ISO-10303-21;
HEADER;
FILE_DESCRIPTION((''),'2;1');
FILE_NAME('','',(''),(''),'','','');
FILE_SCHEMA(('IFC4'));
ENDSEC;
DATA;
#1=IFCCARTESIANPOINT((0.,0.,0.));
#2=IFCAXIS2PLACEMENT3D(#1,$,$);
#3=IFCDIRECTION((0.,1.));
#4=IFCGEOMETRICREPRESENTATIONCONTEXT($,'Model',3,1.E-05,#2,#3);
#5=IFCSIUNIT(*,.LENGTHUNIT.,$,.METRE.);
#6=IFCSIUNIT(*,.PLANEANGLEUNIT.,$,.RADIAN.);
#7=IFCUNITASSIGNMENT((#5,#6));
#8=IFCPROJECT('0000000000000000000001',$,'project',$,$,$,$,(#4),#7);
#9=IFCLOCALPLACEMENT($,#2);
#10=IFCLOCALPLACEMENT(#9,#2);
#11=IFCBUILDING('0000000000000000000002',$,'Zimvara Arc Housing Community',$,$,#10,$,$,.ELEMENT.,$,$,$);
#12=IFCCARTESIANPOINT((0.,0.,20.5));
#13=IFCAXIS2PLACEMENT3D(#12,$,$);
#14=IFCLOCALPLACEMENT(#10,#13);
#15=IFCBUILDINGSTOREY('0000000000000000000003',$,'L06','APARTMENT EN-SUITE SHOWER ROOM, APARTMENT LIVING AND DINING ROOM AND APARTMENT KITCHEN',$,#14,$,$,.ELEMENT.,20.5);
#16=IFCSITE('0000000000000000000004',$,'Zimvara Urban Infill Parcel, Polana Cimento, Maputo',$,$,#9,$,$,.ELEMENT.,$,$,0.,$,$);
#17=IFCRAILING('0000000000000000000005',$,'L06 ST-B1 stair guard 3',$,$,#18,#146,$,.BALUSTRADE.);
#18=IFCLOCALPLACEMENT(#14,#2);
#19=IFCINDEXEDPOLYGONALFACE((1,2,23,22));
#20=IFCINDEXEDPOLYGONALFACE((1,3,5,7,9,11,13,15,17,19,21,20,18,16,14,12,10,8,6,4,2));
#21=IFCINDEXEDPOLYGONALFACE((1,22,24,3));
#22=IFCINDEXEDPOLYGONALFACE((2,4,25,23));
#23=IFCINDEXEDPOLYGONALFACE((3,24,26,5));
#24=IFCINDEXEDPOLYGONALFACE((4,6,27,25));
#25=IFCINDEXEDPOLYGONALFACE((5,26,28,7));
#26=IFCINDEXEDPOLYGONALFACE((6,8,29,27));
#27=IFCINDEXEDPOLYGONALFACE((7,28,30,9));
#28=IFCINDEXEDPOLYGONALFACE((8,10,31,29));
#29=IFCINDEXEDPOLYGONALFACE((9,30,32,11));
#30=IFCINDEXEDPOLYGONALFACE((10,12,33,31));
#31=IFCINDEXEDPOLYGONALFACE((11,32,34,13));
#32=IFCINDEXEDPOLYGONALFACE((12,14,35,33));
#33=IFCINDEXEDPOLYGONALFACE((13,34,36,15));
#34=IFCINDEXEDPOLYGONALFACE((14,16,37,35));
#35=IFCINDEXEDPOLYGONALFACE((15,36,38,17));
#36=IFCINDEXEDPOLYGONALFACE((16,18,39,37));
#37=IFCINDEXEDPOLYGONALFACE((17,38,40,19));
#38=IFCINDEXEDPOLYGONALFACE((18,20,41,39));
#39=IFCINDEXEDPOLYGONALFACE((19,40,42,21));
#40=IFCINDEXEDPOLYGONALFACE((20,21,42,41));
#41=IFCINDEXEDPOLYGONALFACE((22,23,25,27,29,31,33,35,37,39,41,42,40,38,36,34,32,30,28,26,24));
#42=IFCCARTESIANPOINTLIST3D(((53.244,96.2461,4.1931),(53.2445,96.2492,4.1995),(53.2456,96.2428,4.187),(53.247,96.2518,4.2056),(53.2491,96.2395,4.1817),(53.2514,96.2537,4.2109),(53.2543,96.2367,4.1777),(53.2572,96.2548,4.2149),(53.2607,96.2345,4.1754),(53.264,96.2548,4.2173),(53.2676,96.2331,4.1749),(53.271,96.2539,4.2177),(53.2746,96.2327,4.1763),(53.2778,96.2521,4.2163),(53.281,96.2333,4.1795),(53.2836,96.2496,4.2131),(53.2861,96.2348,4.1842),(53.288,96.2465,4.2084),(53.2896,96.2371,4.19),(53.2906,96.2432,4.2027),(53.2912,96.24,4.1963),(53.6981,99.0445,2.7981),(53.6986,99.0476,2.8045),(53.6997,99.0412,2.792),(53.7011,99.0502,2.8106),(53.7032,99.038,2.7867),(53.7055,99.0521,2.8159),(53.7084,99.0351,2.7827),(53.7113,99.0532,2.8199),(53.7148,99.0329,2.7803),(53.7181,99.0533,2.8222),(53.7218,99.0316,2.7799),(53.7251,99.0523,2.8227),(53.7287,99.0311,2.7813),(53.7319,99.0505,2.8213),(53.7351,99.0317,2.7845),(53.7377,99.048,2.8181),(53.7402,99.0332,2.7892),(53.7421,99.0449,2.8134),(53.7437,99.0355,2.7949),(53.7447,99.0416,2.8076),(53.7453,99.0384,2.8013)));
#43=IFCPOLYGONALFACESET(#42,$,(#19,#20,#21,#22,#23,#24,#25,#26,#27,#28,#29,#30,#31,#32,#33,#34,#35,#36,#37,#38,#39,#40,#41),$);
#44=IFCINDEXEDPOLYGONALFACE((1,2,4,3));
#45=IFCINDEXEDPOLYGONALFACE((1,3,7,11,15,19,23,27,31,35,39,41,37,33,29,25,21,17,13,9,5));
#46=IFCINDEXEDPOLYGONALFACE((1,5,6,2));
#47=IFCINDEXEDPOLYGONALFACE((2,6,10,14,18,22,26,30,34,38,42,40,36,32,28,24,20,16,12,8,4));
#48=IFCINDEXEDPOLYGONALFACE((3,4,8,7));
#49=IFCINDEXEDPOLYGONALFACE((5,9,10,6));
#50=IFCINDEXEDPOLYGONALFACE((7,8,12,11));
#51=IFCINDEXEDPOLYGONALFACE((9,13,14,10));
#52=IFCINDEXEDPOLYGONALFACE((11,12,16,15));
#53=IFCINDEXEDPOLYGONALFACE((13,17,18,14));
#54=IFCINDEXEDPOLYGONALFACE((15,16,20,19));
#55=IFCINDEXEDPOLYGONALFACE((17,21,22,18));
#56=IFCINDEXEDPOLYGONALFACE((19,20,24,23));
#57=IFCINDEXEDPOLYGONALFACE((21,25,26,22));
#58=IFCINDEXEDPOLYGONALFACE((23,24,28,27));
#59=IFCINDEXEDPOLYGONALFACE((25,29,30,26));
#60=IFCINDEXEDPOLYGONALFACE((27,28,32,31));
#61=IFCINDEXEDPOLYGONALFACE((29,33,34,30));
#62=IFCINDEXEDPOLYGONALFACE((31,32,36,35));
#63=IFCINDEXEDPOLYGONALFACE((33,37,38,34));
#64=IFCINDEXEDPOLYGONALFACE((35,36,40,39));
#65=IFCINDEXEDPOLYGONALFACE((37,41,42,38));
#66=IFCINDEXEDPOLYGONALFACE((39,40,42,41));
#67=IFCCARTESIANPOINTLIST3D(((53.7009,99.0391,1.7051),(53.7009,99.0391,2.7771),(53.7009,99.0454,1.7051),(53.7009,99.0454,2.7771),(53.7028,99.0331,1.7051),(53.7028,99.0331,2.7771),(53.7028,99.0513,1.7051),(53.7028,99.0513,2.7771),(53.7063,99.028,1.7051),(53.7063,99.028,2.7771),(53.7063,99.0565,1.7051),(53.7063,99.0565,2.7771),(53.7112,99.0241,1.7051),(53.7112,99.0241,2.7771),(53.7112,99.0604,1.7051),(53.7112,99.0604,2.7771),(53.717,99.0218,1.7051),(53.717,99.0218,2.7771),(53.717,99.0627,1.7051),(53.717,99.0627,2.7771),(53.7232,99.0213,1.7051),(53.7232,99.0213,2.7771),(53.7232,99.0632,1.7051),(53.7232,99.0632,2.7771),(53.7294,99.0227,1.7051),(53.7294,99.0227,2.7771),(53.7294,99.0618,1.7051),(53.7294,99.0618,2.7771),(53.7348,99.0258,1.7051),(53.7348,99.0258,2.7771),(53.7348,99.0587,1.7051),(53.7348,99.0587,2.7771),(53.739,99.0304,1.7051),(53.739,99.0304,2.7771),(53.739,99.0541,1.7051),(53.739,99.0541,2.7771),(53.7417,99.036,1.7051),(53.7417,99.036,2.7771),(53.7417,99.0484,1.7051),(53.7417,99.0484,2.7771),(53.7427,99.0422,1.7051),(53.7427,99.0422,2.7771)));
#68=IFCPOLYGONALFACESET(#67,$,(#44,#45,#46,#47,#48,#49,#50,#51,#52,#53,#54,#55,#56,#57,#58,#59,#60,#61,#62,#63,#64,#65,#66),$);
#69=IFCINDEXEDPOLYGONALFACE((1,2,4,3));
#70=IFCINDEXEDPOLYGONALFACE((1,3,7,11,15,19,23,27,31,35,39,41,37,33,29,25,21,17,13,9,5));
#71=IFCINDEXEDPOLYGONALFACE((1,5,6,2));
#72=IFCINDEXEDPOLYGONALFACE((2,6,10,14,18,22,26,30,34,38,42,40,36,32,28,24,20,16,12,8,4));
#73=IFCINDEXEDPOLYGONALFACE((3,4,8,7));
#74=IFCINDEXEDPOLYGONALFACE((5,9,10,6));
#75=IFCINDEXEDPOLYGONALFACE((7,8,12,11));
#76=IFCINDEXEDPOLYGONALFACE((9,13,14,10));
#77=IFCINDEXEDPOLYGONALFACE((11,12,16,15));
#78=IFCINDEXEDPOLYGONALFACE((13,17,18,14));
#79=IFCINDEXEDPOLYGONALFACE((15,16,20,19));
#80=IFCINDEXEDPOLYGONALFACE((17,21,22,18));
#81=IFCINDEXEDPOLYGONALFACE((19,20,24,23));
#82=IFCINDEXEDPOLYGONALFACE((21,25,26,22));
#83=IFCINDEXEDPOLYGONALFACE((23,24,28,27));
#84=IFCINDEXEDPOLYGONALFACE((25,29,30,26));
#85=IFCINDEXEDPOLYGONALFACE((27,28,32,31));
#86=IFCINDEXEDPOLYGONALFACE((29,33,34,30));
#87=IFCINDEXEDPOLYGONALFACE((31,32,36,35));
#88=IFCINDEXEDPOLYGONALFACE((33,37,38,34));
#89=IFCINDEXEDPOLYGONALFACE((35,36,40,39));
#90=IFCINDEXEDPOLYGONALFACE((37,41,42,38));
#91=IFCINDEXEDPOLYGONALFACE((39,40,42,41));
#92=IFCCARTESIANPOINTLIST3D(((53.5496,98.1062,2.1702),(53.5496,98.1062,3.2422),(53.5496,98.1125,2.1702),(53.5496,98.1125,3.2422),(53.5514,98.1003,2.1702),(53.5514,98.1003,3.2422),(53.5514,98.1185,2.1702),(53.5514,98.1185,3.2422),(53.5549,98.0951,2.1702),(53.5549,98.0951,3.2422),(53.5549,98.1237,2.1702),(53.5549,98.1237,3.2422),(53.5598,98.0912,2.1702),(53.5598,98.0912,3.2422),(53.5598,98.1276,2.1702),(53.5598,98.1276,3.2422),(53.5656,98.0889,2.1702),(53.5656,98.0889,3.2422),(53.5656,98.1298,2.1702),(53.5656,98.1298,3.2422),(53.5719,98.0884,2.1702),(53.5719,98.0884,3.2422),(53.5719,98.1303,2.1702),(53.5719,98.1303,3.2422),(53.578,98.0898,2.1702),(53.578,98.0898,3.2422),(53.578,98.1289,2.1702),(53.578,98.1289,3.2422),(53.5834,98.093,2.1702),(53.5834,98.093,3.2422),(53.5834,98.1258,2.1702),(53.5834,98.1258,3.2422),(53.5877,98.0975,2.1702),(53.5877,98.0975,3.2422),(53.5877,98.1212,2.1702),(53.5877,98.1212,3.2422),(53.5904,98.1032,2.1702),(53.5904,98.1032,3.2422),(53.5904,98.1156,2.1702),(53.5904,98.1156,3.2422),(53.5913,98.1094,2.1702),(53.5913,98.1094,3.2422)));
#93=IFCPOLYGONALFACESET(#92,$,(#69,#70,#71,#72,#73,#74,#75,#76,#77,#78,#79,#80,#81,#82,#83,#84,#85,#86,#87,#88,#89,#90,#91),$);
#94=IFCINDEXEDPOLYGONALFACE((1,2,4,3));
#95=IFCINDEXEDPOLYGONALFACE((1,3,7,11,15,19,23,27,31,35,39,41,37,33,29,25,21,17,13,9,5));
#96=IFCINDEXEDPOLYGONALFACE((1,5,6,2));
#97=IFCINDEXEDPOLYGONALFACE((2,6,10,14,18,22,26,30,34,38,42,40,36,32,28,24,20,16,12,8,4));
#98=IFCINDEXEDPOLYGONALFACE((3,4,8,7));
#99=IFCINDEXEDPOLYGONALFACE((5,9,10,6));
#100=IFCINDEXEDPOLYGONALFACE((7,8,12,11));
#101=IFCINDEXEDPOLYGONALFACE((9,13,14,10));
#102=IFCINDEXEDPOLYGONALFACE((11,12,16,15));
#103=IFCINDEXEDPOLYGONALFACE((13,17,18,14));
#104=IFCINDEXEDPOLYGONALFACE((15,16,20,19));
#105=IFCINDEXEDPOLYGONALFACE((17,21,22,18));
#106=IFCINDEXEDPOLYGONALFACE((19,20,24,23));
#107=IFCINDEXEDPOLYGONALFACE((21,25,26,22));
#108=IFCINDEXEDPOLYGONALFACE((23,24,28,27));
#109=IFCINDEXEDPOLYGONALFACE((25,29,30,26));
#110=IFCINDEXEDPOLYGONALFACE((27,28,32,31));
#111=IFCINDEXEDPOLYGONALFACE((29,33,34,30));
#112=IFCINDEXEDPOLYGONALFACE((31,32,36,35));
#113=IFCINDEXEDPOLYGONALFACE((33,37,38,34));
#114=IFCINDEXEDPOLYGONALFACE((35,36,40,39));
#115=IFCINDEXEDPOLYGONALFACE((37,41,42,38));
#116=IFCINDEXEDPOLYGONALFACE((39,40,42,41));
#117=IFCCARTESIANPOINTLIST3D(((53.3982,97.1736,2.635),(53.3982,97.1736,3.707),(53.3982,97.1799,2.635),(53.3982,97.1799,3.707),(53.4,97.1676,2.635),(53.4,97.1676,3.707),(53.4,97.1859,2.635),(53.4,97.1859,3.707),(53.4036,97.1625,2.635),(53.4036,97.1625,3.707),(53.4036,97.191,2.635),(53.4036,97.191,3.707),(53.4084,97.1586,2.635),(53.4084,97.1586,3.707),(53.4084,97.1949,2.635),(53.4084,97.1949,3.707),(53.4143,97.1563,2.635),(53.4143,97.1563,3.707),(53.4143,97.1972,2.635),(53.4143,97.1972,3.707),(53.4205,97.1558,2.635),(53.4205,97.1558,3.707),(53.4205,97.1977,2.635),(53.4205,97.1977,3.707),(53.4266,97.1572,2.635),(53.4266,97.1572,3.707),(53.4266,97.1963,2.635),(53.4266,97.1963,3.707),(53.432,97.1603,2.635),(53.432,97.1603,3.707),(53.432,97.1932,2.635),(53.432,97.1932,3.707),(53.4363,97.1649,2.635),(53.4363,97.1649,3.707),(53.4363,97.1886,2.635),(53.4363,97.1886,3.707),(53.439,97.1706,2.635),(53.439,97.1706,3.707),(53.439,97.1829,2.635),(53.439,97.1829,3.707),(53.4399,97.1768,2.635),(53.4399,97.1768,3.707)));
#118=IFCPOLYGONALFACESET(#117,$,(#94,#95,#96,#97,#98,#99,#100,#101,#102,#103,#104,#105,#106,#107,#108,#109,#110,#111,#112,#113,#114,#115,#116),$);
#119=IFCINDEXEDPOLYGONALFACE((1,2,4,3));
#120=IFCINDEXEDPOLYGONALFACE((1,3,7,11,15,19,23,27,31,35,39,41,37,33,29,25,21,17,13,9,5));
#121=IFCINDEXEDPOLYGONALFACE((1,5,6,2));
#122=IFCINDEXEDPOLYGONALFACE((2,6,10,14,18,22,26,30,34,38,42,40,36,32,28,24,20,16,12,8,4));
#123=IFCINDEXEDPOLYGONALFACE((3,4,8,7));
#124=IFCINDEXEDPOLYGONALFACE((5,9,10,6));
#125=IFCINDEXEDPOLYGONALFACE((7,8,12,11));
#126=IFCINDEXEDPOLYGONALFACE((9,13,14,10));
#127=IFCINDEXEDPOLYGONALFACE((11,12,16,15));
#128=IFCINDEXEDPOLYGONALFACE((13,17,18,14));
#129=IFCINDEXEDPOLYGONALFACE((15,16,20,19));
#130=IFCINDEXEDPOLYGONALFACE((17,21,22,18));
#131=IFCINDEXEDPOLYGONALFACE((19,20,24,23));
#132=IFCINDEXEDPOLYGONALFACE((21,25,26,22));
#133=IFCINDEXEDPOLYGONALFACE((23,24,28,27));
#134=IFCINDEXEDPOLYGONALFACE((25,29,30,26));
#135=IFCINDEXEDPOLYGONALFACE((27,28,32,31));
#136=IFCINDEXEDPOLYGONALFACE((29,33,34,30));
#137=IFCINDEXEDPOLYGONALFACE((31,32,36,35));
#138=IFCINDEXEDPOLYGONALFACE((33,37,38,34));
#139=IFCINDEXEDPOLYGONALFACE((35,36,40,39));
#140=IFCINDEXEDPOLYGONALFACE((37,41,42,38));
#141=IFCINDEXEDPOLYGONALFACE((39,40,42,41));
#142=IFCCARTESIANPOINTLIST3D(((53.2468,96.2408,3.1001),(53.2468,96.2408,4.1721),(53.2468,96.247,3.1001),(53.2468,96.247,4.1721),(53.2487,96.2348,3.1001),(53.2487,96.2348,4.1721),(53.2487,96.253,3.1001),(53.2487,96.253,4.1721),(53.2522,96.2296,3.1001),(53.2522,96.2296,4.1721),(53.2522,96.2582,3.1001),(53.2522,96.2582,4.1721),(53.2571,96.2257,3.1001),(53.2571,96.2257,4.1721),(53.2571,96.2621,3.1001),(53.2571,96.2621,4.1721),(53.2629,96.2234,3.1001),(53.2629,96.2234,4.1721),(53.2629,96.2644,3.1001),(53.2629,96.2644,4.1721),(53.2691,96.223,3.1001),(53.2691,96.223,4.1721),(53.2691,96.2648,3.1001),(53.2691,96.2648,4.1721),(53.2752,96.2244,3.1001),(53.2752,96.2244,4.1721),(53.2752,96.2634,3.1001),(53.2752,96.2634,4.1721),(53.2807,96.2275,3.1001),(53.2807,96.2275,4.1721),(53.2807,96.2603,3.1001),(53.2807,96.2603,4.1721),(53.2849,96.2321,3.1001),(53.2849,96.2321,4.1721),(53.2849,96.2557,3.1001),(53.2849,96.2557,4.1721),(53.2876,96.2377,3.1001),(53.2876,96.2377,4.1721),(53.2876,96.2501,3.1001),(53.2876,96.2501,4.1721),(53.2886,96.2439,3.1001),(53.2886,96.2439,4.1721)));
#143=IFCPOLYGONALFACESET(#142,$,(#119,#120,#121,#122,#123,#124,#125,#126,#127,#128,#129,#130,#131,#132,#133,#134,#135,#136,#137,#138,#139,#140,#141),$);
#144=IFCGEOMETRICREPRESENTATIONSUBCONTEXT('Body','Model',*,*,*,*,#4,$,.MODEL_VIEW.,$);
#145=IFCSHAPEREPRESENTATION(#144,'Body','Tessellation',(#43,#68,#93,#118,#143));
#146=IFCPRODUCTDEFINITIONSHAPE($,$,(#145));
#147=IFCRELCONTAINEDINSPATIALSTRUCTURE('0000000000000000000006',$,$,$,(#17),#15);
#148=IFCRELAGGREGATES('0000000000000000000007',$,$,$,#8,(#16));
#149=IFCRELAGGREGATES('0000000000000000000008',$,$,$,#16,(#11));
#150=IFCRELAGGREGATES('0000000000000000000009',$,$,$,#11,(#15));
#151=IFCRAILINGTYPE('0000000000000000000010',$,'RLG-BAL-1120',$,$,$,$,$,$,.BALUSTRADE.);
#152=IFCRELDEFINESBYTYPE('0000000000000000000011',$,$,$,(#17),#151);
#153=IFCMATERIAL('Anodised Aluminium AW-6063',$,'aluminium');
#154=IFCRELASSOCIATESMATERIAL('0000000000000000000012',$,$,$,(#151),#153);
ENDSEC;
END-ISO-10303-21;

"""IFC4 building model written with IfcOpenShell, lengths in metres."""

from ifc_helpers import new_model, si_unit, direction, frame, origin, origin_2d, place, context, subcontext, project, spatial, circle, extrude, material, type_object, element, save


model = new_model("IFC4")

# Units and contexts
model_context = context("Model", 3, precision=1e-05, world=origin(), true_north=direction((0.0, 1.0)))
body_context = subcontext(model_context, "Body", "Model", "MODEL_VIEW")
ifc_project = project(units=[si_unit("LENGTHUNIT", "METRE"), si_unit("PLANEANGLEUNIT", "RADIAN")], contexts=[model_context])

# Site, building, storey
site_placement = place(None, origin())
site = spatial("IfcSite", under=ifc_project, at=site_placement, Name="Zimvara Urban Infill Parcel, Polana Cimento, Maputo", CompositionType="ELEMENT", RefElevation=0.0)
building_placement = place(site_placement, origin())
building = spatial("IfcBuilding", under=site, at=building_placement, Name="Zimvara Arc Housing Community", CompositionType="ELEMENT")
storey_placement = place(building_placement, frame((0.0, 0.0, 20.5)))
storey = spatial("IfcBuildingStorey", under=building, at=storey_placement, Name="L06", Description="APARTMENT EN-SUITE SHOWER ROOM, APARTMENT LIVING AND DINING ROOM AND APARTMENT KITCHEN", CompositionType="ELEMENT", Elevation=20.5)

# Railing
ifc_material_1 = material(Name="Anodised Aluminium AW-6063", Category="aluminium")
railing_type_1 = type_object("IfcRailingType", Name="RLG-BAL-1120", PredefinedType="BALUSTRADE", material=ifc_material_1)
railing_1_placement = place(storey_placement, frame((53.7217, 99.0422, 1.7051)))
element("IfcRailing", 1, at=railing_1_placement, inside=storey, type_object=railing_type_1, Name="L06 ST-B1 stair guard 3", PredefinedType="BALUSTRADE", context=body_context, shape_type="SweptSolid", body=[
    extrude(circle(Radius=0.0239, at=origin_2d()), frame((0.0, 0.0, 1.0962), z_axis=(-0.143722, -0.885666, 0.44152), x_axis=(0.987088, -0.16018, 0.0)), (0.0, 0.0, 1.0), 3.1597),
    extrude(circle(Radius=0.021, at=origin_2d()), origin(), (0.0, 0.0, 1.0), 1.072),
    extrude(circle(Radius=0.021, at=origin_2d()), frame((-0.1514, -0.9329, 0.4651)), (0.0, 0.0, 1.0), 1.072),
    extrude(circle(Radius=0.021, at=origin_2d()), frame((-0.3027, -1.8655, 0.9299)), (0.0, 0.0, 1.0), 1.072),
    extrude(circle(Radius=0.021, at=origin_2d()), frame((-0.4541, -2.7983, 1.395)), (0.0, 0.0, 1.0), 1.072),
])

save(model, "model.ifc")
